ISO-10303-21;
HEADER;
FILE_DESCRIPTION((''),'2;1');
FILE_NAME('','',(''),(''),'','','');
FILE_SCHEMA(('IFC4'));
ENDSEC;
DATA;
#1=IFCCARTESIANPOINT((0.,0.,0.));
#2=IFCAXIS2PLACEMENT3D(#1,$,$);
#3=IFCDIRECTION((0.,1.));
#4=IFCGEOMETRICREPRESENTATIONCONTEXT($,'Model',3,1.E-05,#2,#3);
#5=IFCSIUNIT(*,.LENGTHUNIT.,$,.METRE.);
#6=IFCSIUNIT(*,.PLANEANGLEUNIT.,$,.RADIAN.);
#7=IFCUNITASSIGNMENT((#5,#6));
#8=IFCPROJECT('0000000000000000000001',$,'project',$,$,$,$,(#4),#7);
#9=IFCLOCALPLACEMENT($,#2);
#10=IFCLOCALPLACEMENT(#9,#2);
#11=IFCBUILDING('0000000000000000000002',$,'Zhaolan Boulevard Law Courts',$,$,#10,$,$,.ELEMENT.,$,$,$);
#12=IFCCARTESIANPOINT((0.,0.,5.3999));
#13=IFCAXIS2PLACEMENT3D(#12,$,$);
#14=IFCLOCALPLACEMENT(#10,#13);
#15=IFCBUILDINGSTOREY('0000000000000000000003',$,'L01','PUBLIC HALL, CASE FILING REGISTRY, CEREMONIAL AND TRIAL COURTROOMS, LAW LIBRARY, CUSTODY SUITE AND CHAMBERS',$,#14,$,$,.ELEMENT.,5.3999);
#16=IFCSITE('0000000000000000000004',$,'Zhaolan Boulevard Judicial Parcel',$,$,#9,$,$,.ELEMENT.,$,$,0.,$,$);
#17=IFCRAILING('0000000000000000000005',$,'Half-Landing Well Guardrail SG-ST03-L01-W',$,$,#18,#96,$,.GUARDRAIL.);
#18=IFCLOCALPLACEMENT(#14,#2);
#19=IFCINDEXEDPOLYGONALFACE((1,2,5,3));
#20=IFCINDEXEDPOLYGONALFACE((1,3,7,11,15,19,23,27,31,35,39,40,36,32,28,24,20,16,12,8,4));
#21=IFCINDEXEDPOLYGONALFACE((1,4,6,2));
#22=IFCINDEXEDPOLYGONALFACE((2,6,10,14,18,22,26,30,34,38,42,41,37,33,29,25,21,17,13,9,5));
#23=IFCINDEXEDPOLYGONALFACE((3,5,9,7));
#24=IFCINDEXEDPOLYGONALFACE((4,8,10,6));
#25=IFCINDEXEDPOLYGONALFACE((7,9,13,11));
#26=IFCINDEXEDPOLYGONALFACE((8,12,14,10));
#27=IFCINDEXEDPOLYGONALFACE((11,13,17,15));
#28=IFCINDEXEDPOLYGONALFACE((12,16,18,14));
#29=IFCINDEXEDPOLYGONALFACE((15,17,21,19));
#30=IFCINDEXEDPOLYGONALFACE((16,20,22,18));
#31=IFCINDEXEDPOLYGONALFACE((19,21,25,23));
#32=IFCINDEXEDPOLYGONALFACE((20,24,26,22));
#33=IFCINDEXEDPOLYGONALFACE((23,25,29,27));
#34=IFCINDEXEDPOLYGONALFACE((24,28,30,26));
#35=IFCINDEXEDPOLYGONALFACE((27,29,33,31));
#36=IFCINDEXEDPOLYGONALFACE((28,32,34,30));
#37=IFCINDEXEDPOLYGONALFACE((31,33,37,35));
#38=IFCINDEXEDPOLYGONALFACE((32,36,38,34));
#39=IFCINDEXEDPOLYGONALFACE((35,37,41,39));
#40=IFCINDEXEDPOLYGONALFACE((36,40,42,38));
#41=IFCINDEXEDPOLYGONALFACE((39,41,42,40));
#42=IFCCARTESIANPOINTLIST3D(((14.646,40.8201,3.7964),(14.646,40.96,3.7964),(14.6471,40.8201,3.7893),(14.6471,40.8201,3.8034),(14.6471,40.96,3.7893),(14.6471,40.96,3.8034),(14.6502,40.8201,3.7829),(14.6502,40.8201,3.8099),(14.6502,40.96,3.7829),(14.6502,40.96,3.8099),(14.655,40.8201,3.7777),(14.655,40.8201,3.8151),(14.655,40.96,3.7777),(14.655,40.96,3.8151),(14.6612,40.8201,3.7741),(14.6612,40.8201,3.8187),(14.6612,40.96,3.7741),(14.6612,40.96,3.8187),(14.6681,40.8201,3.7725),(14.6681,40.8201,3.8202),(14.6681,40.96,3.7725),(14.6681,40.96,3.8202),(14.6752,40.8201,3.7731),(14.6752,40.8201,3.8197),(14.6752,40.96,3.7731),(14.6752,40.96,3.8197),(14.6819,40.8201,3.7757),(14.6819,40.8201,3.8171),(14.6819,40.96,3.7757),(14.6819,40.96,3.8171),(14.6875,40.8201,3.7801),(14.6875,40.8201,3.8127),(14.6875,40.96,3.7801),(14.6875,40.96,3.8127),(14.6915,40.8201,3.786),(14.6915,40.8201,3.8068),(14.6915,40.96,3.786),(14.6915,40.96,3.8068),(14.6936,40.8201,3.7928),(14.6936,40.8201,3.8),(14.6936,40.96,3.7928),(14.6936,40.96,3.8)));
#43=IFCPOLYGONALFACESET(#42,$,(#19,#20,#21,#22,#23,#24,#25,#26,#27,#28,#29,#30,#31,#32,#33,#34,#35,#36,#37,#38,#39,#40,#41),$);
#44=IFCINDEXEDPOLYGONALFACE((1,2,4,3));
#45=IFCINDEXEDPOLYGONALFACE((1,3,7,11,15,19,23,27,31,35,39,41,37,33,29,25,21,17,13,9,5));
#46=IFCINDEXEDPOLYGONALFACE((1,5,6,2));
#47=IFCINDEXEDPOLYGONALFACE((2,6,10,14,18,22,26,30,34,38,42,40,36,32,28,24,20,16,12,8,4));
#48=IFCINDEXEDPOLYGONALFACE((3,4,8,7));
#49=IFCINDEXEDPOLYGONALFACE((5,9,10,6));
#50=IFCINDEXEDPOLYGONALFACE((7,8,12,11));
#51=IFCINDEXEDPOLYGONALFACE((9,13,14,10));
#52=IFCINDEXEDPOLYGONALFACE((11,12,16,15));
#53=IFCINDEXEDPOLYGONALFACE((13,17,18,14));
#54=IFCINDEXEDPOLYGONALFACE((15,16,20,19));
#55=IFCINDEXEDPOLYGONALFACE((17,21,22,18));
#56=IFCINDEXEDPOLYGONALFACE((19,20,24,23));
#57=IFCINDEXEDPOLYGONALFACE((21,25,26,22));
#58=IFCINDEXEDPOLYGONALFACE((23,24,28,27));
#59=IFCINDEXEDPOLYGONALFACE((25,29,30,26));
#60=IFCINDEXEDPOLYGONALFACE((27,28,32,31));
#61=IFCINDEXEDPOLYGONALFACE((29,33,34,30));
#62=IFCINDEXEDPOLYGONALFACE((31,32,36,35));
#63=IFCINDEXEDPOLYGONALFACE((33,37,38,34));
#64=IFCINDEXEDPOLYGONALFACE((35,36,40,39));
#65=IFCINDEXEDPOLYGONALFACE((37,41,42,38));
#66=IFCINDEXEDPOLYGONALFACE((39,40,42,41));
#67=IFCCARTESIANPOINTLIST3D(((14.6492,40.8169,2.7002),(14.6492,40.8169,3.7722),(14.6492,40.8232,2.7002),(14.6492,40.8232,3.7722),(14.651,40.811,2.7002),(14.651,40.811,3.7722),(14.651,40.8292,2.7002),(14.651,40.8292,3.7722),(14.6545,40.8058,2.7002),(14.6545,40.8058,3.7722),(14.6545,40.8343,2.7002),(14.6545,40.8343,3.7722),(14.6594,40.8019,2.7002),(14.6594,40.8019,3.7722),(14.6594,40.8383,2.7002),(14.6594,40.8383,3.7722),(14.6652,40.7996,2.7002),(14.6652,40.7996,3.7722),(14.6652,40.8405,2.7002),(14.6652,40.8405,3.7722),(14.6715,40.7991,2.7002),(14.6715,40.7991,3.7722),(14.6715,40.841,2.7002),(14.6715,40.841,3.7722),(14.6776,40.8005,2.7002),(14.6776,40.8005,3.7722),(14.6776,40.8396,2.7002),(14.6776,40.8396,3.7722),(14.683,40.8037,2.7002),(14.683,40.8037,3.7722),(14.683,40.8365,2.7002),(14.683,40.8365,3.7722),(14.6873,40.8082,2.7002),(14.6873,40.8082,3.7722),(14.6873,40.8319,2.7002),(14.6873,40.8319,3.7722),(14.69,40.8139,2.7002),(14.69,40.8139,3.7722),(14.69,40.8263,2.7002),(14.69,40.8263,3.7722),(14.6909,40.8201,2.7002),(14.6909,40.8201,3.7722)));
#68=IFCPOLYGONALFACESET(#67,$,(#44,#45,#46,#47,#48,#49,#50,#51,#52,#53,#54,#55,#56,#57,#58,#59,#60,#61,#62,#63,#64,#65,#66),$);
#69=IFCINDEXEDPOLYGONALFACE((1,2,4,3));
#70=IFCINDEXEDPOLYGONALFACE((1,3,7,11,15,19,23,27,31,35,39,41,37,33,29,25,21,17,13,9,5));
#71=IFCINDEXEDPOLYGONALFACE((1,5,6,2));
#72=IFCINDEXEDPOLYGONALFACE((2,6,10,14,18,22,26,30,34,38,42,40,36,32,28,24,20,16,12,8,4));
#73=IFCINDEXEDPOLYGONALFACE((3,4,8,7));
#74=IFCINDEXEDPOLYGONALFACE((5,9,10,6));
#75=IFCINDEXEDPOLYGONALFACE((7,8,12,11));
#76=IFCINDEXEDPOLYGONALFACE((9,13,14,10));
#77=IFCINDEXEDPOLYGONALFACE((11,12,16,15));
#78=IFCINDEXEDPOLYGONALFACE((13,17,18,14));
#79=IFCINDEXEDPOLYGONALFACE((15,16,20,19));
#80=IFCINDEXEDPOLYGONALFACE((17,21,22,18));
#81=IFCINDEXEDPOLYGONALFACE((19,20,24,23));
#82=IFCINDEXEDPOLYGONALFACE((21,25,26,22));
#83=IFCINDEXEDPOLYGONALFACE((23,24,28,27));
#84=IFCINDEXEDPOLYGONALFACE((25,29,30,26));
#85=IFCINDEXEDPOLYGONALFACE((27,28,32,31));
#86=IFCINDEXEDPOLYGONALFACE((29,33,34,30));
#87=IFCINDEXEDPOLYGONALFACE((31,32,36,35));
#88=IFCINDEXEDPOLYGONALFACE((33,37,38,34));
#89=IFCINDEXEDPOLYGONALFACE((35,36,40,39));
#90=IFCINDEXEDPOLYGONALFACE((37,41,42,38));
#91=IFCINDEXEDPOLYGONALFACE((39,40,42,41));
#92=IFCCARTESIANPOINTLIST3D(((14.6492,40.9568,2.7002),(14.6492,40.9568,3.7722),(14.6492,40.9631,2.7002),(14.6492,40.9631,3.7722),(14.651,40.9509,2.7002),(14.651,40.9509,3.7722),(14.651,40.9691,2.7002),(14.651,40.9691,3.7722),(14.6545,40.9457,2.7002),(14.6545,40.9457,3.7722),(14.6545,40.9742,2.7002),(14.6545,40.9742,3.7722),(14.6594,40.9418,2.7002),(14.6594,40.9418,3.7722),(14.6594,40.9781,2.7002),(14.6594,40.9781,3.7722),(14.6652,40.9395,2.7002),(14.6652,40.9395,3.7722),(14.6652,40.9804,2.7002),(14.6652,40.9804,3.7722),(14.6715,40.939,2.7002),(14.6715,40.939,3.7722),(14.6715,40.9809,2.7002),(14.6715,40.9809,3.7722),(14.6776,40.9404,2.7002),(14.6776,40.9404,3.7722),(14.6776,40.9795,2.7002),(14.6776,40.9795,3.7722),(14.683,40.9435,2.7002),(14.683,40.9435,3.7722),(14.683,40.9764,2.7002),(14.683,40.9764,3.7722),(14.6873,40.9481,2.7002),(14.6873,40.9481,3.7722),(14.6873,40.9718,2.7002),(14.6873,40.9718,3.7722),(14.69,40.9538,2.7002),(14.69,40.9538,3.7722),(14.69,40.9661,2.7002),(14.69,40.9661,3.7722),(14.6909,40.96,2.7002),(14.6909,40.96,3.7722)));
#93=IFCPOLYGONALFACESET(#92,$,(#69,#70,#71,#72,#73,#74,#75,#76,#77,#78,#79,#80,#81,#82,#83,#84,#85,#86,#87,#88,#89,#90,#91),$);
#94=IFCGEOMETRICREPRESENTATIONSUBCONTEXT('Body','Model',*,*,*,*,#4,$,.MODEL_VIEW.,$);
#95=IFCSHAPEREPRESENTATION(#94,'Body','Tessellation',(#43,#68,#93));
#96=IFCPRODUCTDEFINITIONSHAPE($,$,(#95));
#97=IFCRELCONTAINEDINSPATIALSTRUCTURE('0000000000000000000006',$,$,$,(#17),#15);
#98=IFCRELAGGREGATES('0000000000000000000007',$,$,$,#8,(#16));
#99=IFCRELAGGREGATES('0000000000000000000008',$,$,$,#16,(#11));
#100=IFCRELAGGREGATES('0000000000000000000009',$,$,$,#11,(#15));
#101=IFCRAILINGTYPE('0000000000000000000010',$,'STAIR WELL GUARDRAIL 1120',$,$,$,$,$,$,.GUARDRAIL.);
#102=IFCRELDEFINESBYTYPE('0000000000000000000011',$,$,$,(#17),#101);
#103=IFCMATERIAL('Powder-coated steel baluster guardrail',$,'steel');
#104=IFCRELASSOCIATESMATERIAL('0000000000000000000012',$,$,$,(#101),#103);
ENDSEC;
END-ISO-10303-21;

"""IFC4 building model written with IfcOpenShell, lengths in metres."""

from ifc_helpers import new_model, si_unit, direction, frame, origin, origin_2d, place, context, subcontext, project, spatial, circle, extrude, material, type_object, element, save


model = new_model("IFC4")

# Units and contexts
model_context = context("Model", 3, precision=1e-05, world=origin(), true_north=direction((0.0, 1.0)))
body_context = subcontext(model_context, "Body", "Model", "MODEL_VIEW")
ifc_project = project(units=[si_unit("LENGTHUNIT", "METRE"), si_unit("PLANEANGLEUNIT", "RADIAN")], contexts=[model_context])

# Site, building, storey
site_placement = place(None, origin())
site = spatial("IfcSite", under=ifc_project, at=site_placement, Name="Zhaolan Boulevard Judicial Parcel", CompositionType="ELEMENT", RefElevation=0.0)
building_placement = place(site_placement, origin())
building = spatial("IfcBuilding", under=site, at=building_placement, Name="Zhaolan Boulevard Law Courts", CompositionType="ELEMENT")
storey_placement = place(building_placement, frame((0.0, 0.0, 5.3999)))
storey = spatial("IfcBuildingStorey", under=building, at=storey_placement, Name="L01", Description="PUBLIC HALL, CASE FILING REGISTRY, CEREMONIAL AND TRIAL COURTROOMS, LAW LIBRARY, CUSTODY SUITE AND CHAMBERS", CompositionType="ELEMENT", Elevation=5.3999)

# Railing
ifc_material_1 = material(Name="Powder-coated steel baluster guardrail", Category="steel")
railing_type_1 = type_object("IfcRailingType", Name="STAIR WELL GUARDRAIL 1120", PredefinedType="GUARDRAIL", material=ifc_material_1)
railing_1_placement = place(storey_placement, frame((14.6699, 40.8201, 2.7002)))
element("IfcRailing", 1, at=railing_1_placement, inside=storey, type_object=railing_type_1, Name="Half-Landing Well Guardrail SG-ST03-L01-W", PredefinedType="GUARDRAIL", context=body_context, shape_type="SweptSolid", body=[
    extrude(circle(Radius=0.0239, at=origin_2d()), frame((0.0, 0.0, 1.0962), z_axis=(0.0, 1.0, 0.0), x_axis=(-1.0, 0.0, 0.0)), (0.0, 0.0, 1.0), 0.1399),
    extrude(circle(Radius=0.021, at=origin_2d()), origin(), (0.0, 0.0, 1.0), 1.072),
    extrude(circle(Radius=0.021, at=origin_2d()), frame((0.0, 0.1399, 0.0)), (0.0, 0.0, 1.0), 1.072),
])

save(model, "model.ifc")
